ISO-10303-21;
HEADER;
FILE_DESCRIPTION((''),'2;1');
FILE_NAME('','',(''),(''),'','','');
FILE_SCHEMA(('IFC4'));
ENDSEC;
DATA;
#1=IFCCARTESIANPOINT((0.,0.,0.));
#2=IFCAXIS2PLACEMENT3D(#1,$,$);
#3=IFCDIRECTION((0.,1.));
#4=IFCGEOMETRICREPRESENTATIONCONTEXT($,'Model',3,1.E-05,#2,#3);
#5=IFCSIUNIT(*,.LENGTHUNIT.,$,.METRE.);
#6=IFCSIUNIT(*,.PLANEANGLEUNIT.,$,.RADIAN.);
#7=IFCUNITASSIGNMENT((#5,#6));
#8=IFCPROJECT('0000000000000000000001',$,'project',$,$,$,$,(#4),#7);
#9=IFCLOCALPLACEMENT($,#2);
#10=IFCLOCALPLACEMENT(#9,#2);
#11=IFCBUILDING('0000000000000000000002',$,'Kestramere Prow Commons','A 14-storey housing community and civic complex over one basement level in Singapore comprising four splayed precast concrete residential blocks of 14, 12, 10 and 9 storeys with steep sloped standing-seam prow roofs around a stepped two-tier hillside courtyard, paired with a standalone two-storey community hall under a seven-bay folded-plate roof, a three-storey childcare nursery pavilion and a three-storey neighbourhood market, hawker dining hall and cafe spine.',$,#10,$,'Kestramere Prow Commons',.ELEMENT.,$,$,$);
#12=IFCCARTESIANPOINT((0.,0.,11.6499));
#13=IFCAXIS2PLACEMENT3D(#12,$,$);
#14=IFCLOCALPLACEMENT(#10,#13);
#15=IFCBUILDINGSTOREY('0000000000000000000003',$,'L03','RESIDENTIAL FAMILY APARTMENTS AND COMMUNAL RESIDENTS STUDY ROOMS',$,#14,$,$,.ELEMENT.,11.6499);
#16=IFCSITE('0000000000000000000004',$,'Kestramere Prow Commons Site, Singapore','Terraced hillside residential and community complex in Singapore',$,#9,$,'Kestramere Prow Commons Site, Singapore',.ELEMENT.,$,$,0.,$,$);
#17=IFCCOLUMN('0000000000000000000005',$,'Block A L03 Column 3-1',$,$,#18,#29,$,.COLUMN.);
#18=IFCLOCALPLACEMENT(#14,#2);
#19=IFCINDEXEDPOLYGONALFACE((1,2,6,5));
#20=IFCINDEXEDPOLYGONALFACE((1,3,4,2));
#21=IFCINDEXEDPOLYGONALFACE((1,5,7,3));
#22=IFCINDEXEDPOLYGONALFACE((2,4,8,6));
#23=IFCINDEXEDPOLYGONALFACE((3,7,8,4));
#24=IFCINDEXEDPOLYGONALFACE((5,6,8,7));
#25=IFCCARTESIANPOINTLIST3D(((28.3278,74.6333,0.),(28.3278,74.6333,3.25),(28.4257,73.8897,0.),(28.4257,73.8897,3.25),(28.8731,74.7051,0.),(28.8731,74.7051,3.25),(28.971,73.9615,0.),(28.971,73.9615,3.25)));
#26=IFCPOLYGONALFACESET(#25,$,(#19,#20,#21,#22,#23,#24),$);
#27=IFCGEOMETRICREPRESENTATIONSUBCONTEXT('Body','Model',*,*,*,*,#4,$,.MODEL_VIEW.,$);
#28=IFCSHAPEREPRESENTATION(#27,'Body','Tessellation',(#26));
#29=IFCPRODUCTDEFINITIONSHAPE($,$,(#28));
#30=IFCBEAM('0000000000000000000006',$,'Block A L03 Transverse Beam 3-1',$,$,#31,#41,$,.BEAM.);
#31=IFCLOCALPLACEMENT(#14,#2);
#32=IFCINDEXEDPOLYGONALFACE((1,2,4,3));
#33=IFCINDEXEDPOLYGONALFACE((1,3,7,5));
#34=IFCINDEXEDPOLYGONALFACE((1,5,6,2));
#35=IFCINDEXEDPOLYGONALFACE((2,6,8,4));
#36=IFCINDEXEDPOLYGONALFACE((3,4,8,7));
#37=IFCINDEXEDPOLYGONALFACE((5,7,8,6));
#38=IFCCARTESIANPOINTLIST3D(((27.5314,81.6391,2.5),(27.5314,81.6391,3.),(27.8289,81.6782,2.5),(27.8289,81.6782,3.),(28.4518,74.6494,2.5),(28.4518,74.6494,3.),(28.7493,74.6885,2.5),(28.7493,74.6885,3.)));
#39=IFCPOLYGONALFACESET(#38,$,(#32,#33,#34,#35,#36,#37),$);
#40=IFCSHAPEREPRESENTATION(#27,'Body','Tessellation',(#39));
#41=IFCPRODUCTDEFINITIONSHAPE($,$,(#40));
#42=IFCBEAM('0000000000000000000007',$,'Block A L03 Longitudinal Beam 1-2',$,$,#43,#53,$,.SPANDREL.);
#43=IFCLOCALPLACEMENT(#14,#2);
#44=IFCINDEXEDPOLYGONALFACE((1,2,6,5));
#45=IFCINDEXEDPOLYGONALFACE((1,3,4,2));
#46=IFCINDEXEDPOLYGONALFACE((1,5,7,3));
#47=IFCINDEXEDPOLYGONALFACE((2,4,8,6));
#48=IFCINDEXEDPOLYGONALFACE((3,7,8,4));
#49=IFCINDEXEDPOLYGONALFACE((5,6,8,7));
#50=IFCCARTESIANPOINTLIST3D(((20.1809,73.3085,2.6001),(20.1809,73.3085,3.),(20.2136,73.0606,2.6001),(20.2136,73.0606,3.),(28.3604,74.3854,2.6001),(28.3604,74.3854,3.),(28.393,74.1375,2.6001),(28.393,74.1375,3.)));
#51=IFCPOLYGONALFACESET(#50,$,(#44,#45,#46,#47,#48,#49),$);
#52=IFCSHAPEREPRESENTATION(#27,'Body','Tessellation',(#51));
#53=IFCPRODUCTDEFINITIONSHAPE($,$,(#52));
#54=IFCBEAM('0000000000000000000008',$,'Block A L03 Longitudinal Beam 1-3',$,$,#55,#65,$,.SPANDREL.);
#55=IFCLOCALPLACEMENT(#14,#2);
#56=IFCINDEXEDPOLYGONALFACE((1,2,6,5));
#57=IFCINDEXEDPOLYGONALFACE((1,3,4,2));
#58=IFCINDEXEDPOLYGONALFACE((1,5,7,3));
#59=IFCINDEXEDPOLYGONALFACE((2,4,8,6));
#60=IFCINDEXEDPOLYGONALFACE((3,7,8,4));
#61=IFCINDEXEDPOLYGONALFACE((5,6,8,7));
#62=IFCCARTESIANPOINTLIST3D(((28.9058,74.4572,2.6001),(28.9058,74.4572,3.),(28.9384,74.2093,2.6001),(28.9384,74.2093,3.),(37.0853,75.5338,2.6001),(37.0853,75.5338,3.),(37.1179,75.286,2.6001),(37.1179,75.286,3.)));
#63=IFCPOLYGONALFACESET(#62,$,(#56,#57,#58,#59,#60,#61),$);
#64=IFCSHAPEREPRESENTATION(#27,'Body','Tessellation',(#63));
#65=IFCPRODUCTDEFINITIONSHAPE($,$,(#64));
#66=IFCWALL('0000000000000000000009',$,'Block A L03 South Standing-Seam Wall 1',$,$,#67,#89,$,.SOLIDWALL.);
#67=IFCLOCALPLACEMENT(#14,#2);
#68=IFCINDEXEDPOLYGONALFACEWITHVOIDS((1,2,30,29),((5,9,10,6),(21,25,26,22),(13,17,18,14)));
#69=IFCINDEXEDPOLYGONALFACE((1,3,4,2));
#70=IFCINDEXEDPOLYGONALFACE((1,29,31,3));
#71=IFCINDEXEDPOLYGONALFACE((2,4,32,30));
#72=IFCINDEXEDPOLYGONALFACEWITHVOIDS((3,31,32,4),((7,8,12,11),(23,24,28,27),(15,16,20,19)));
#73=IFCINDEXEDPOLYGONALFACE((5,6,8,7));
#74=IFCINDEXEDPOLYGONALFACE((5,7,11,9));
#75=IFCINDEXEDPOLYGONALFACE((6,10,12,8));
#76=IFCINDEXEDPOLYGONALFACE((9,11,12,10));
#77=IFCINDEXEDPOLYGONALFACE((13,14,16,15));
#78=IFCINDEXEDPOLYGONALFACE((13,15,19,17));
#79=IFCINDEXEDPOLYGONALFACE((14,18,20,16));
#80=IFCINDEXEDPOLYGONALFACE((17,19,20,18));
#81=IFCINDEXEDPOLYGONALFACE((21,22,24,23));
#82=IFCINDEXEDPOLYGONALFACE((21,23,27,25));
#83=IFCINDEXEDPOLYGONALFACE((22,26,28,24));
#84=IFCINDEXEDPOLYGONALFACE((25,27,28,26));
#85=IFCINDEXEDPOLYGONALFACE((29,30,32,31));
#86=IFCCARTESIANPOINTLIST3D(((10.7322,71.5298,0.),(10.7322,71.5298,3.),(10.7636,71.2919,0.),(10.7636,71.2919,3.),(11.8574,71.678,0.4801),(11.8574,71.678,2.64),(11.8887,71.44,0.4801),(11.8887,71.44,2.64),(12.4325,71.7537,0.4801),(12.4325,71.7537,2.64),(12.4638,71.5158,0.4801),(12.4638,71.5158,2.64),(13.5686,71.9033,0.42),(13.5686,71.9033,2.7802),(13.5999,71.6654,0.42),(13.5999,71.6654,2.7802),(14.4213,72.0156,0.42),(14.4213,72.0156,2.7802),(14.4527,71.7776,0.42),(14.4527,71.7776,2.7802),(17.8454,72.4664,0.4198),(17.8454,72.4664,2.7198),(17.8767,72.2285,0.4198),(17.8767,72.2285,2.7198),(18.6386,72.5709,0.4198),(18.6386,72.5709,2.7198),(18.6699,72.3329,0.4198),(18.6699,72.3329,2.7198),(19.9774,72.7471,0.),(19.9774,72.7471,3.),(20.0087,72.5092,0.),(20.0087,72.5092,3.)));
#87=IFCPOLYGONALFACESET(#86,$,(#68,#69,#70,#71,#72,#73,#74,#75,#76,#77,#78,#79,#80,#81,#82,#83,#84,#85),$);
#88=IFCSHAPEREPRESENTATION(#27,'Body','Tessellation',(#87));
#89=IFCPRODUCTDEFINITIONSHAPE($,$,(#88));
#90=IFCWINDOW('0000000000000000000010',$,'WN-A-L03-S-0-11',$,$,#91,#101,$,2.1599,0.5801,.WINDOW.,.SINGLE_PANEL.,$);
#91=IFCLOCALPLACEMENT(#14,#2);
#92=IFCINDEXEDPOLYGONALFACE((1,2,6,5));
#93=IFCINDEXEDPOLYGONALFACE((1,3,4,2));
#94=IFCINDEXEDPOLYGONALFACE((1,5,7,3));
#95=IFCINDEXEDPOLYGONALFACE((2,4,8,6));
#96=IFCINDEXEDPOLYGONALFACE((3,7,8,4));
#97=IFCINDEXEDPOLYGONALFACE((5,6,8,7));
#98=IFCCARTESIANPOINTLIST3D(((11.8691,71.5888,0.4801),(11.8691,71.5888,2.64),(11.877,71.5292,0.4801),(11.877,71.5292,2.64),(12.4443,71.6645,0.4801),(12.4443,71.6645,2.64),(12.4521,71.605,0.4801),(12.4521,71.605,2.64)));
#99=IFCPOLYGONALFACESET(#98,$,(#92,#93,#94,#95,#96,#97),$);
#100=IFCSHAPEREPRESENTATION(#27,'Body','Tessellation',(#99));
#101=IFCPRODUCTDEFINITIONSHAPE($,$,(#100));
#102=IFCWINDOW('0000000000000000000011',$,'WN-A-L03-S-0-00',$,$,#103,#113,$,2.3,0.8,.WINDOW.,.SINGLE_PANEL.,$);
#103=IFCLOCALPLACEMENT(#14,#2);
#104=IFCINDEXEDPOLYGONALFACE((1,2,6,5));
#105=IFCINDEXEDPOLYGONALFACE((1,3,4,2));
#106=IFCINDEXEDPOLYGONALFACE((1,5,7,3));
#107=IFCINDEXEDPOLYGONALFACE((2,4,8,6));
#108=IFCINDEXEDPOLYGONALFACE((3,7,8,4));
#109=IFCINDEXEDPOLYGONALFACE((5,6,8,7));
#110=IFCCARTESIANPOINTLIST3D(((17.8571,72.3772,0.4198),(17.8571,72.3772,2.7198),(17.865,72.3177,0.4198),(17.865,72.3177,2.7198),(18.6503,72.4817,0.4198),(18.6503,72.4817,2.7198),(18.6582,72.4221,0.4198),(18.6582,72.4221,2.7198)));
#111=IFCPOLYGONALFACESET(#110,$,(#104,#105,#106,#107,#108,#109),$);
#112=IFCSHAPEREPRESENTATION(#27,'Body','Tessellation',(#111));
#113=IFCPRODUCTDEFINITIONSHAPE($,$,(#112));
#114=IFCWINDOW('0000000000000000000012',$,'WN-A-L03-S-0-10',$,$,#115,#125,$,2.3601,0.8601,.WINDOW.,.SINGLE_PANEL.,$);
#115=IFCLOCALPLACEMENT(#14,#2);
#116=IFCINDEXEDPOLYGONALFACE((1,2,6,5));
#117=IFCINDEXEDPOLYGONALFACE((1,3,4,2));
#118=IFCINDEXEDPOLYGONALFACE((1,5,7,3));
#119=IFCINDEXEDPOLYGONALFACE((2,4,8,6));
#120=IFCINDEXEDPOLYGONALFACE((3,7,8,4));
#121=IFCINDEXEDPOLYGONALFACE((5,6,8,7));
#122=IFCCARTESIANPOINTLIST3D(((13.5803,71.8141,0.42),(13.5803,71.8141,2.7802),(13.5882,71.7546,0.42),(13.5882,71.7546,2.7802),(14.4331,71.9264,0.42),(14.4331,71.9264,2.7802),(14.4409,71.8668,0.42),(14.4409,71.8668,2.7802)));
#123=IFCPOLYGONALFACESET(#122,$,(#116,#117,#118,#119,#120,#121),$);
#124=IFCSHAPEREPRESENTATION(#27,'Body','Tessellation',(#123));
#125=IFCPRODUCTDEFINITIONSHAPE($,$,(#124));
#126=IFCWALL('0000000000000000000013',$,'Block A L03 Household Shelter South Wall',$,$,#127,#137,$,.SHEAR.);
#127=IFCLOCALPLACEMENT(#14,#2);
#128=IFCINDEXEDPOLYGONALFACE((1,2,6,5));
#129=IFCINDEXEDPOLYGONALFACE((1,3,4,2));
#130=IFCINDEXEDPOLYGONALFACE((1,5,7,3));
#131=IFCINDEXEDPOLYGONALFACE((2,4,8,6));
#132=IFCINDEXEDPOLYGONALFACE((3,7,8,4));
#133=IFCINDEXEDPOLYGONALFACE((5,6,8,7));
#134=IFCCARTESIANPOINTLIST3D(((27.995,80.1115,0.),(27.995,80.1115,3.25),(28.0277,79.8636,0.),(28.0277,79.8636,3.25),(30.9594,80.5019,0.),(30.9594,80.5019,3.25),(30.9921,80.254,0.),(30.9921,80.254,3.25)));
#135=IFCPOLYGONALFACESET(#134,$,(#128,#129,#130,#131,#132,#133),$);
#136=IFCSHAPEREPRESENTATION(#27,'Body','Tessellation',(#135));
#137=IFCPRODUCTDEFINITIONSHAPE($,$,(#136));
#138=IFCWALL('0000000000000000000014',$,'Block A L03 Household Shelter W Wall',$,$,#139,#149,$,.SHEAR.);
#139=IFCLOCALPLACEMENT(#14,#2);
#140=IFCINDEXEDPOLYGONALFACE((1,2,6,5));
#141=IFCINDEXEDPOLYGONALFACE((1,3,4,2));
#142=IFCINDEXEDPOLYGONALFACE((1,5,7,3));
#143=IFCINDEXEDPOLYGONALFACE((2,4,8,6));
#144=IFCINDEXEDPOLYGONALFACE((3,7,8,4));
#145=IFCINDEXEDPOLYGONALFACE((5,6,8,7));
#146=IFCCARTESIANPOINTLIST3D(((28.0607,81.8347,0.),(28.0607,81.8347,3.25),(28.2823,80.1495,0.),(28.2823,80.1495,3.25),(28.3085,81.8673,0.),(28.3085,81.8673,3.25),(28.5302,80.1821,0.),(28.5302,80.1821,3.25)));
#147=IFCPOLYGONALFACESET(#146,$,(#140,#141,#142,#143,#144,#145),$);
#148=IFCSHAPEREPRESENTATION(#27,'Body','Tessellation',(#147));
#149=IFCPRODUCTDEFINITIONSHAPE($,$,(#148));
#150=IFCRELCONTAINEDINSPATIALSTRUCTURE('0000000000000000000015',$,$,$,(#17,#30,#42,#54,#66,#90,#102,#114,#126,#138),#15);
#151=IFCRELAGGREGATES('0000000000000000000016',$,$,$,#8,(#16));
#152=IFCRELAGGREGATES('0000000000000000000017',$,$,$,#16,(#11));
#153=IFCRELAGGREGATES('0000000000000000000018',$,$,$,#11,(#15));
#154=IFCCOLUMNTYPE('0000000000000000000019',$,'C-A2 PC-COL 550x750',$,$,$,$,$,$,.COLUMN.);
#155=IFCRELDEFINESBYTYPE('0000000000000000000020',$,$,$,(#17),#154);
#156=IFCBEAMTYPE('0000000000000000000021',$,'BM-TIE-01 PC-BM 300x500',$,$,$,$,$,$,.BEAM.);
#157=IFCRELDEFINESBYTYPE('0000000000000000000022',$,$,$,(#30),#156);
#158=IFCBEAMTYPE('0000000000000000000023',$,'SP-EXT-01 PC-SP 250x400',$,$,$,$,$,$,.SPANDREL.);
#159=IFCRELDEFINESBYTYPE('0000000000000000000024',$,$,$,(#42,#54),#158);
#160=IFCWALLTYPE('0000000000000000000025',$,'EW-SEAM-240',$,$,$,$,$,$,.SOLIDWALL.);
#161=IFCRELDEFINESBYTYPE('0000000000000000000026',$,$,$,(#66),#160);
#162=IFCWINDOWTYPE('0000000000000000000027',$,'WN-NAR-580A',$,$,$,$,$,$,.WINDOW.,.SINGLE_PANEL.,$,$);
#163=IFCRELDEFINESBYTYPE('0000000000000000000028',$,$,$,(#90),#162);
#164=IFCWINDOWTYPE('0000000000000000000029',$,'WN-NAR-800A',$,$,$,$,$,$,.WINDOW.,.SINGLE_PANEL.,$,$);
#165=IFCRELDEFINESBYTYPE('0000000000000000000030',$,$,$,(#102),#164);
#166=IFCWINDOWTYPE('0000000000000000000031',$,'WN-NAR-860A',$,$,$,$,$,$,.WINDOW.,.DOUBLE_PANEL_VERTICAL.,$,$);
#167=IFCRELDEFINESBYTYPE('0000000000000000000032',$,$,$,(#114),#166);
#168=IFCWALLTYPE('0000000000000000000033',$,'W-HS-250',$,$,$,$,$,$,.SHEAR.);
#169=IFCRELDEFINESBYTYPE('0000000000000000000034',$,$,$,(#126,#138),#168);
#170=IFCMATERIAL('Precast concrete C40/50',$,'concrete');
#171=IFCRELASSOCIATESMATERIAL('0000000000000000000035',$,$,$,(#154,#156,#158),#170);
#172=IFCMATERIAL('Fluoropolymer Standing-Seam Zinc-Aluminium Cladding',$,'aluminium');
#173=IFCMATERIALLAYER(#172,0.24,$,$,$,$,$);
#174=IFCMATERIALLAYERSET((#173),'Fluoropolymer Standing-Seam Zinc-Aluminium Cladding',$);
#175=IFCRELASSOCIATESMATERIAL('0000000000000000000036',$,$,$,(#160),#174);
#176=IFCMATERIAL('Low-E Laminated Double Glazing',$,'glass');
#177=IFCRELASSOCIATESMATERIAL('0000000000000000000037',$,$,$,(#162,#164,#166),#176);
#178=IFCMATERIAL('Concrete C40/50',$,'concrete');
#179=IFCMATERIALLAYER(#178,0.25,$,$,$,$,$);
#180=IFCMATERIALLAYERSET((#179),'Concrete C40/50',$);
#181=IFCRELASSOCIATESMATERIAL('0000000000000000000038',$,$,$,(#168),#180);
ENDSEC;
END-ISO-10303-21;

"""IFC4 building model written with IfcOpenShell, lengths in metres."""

from ifc_helpers import new_model, si_unit, direction, frame, frame_2d, origin, origin_2d, place, context, subcontext, project, spatial, rectangle, extrude, material, layer, layer_set, material_profile, profile_set, type_object, element, fill, save


model = new_model("IFC4")

# Units and contexts
model_context = context("Model", 3, precision=1e-05, world=origin(), true_north=direction((0.0, 1.0)))
body_context = subcontext(model_context, "Body", "Model", "MODEL_VIEW")
ifc_project = project(units=[si_unit("LENGTHUNIT", "METRE"), si_unit("PLANEANGLEUNIT", "RADIAN")], contexts=[model_context])

# Site, building, storey
site_placement = place(None, origin())
site = spatial("IfcSite", under=ifc_project, at=site_placement, Name="Kestramere Prow Commons Site, Singapore", Description="Terraced hillside residential and community complex in Singapore", LongName="Kestramere Prow Commons Site, Singapore", CompositionType="ELEMENT", RefElevation=0.0)
building_placement = place(site_placement, origin())
building = spatial("IfcBuilding", under=site, at=building_placement, Name="Kestramere Prow Commons", Description="A 14-storey housing community and civic complex over one basement level in Singapore comprising four splayed precast concrete residential blocks of 14, 12, 10 and 9 storeys with steep sloped standing-seam prow roofs around a stepped two-tier hillside courtyard, paired with a standalone two-storey community hall under a seven-bay folded-plate roof, a three-storey childcare nursery pavilion and a three-storey neighbourhood market, hawker dining hall and cafe spine.", LongName="Kestramere Prow Commons", CompositionType="ELEMENT")
storey_placement = place(building_placement, frame((0.0, 0.0, 11.6499)))
storey = spatial("IfcBuildingStorey", under=building, at=storey_placement, Name="L03", Description="RESIDENTIAL FAMILY APARTMENTS AND COMMUNAL RESIDENTS STUDY ROOMS", CompositionType="ELEMENT", Elevation=11.6499)

# Column
ifc_material_1 = material(Name="Precast concrete C40/50", Category="concrete")
ifc_material_profile_1 = material_profile(ifc_material_1, rectangle(XDim=0.55, YDim=0.75, at=origin_2d()), Name="PC-COL 550x750")
ifc_profile_set_1 = profile_set([ifc_material_profile_1], Name="Precast concrete C40/50")
column_type = type_object("IfcColumnType", Name="C-A2 PC-COL 550x750", PredefinedType="COLUMN", material=ifc_profile_set_1)
column_placement = place(storey_placement, frame((28.6494, 74.2974, 0.0), z_axis=(0.0, 0.0, 1.0), x_axis=(0.991445, 0.130526, 0.0)))
element("IfcColumn", 1, at=column_placement, inside=storey, type_object=column_type, Name="Block A L03 Column 3-1", PredefinedType="COLUMN", context=body_context, shape_type="SweptSolid", body=[
    extrude(rectangle(XDim=0.55, YDim=0.75, at=origin_2d()), origin(), (0.0, 0.0, 1.0), 3.25),
])

# Beams
ifc_material_profile_2 = material_profile(ifc_material_1, rectangle(XDim=0.3, YDim=0.5, at=origin_2d()), Name="PC-BM 300x500")
ifc_profile_set_2 = profile_set([ifc_material_profile_2], Name="Precast concrete C40/50")
beam_type_1 = type_object("IfcBeamType", Name="BM-TIE-01 PC-BM 300x500", PredefinedType="BEAM", material=ifc_profile_set_2)
beam_placement = place(storey_placement, frame((28.6006, 74.6689, 2.75), z_axis=(-0.130553, 0.991441, 0.0), x_axis=(-0.991441, -0.130553, 0.0)))
element("IfcBeam", 2, at=beam_placement, inside=storey, type_object=beam_type_1, Name="Block A L03 Transverse Beam 3-1", PredefinedType="BEAM", context=body_context, shape_type="SweptSolid", body=[
    extrude(rectangle(XDim=0.3, YDim=0.5, at=origin_2d()), origin(), (0.0, 0.0, 1.0), 7.05),
])
ifc_material_profile_3 = material_profile(ifc_material_1, rectangle(XDim=0.25, YDim=0.3999, at=origin_2d()), Name="PC-SP 250x400")
ifc_profile_set_3 = profile_set([ifc_material_profile_3], Name="Precast concrete C40/50")
beam_type_2 = type_object("IfcBeamType", Name="SP-EXT-01 PC-SP 250x400", PredefinedType="SPANDREL", material=ifc_profile_set_3)
for number, where, z_axis, x_axis, name in (
    (3, (20.1973, 73.1846, 2.8), (0.991444, 0.130533, 0.0), (-0.130533, 0.991444, 0.0), "Block A L03 Longitudinal Beam 1-2"),
    (4, (28.9221, 74.3333, 2.8), (0.991448, 0.130504, 0.0), (-0.130504, 0.991448, 0.0), "Block A L03 Longitudinal Beam 1-3"),
):
    element("IfcBeam", number, at=place(storey_placement, frame(where, z_axis=z_axis, x_axis=x_axis)), inside=storey, type_object=beam_type_2, Name=name, PredefinedType="SPANDREL", context=body_context, shape_type="SweptSolid", body=[
        extrude(rectangle(XDim=0.25, YDim=0.3999, at=origin_2d()), origin(), (0.0, 0.0, 1.0), 8.25),
    ])

# Wall, openings, windows
ifc_material_2 = material(Name="Fluoropolymer Standing-Seam Zinc-Aluminium Cladding", Category="aluminium")
ifc_layer_1 = layer(ifc_material_2, 0.24)
ifc_layer_set_1 = layer_set([ifc_layer_1], Name="Fluoropolymer Standing-Seam Zinc-Aluminium Cladding")
wall_type_1 = type_object("IfcWallType", Name="EW-SEAM-240", PredefinedType="SOLIDWALL", material=ifc_layer_set_1)
wall_1_placement = place(storey_placement, frame((19.9932, 72.6282, 0.0), z_axis=(0.0, 0.0, 1.0), x_axis=(-0.991443, -0.130541, 0.0)))
wall_1 = element("IfcWall", 5, at=wall_1_placement, inside=storey, type_object=wall_type_1, Name="Block A L03 South Standing-Seam Wall 1", PredefinedType="SOLIDWALL", context=body_context, shape_type="SweptSolid", body=[
    extrude(rectangle(XDim=9.325, YDim=0.24, at=frame_2d((4.6626, 0.0))), origin(), (0.0, 0.0, 1.0), 3.0),
])
opening_1_placement = place(wall_1_placement, frame((1.3506, 0.0, 0.4199)))
opening_1 = element("IfcOpeningElement", 6, at=opening_1_placement, cuts=wall_1, PredefinedType="OPENING", context=body_context, shape_type="SweptSolid", body=[
    extrude(rectangle(XDim=0.8, YDim=2.3, at=frame_2d((0.3999, 1.1499))), frame((0.0, 0.135, 0.0), z_axis=(0.0, -1.0, 0.0), x_axis=(1.0, 0.0, 0.0)), (0.0, 0.0, 1.0), 0.27),
])
opening_2_placement = place(wall_1_placement, frame((5.604, 0.0, 0.4199)))
opening_2 = element("IfcOpeningElement", 7, at=opening_2_placement, cuts=wall_1, PredefinedType="OPENING", context=body_context, shape_type="SweptSolid", body=[
    extrude(rectangle(XDim=0.8601, YDim=2.3601, at=frame_2d((0.4302, 1.1802))), frame((0.0, 0.135, 0.0), z_axis=(0.0, -1.0, 0.0), x_axis=(1.0, 0.0, 0.0)), (0.0, 0.0, 1.0), 0.27),
])
opening_3_placement = place(wall_1_placement, frame((7.6101, 0.0, 0.48)))
opening_3 = element("IfcOpeningElement", 8, at=opening_3_placement, cuts=wall_1, PredefinedType="OPENING", context=body_context, shape_type="SweptSolid", body=[
    extrude(rectangle(XDim=0.5801, YDim=2.1599, at=frame_2d((0.29, 1.0801))), frame((0.0, 0.135, 0.0), z_axis=(0.0, -1.0, 0.0), x_axis=(1.0, 0.0, 0.0)), (0.0, 0.0, 1.0), 0.27),
])
ifc_material_3 = material(Name="Low-E Laminated Double Glazing", Category="glass")
window_type_1 = type_object("IfcWindowType", Name="WN-NAR-580A", PartitioningType="SINGLE_PANEL", PredefinedType="WINDOW", material=ifc_material_3)
window_1_placement = place(opening_3_placement, origin())
window_1 = element("IfcWindow", 9, at=window_1_placement, inside=storey, type_object=window_type_1, Name="WN-A-L03-S-0-11", OverallHeight=2.1599, OverallWidth=0.5801, PartitioningType="SINGLE_PANEL", PredefinedType="WINDOW", context=body_context, shape_type="SweptSolid", body=[
    extrude(rectangle(XDim=0.5801, YDim=2.1599, at=frame_2d((0.29, 1.0801))), frame((0.0, 0.03, 0.0), z_axis=(0.0, -1.0, 0.0), x_axis=(1.0, 0.0, 0.0)), (0.0, 0.0, 1.0), 0.0601),
])
fill(opening_3, window_1)
window_type_2 = type_object("IfcWindowType", Name="WN-NAR-800A", PartitioningType="SINGLE_PANEL", PredefinedType="WINDOW", material=ifc_material_3)
window_2_placement = place(opening_1_placement, origin())
window_2 = element("IfcWindow", 10, at=window_2_placement, inside=storey, type_object=window_type_2, Name="WN-A-L03-S-0-00", OverallHeight=2.3, OverallWidth=0.8, PartitioningType="SINGLE_PANEL", PredefinedType="WINDOW", context=body_context, shape_type="SweptSolid", body=[
    extrude(rectangle(XDim=0.8, YDim=2.3, at=frame_2d((0.3999, 1.1499))), frame((0.0, 0.03, 0.0), z_axis=(0.0, -1.0, 0.0), x_axis=(1.0, 0.0, 0.0)), (0.0, 0.0, 1.0), 0.0601),
])
fill(opening_1, window_2)
window_type_3 = type_object("IfcWindowType", Name="WN-NAR-860A", PartitioningType="DOUBLE_PANEL_VERTICAL", PredefinedType="WINDOW", material=ifc_material_3)
window_3_placement = place(opening_2_placement, origin())
window_3 = element("IfcWindow", 11, at=window_3_placement, inside=storey, type_object=window_type_3, Name="WN-A-L03-S-0-10", OverallHeight=2.3601, OverallWidth=0.8601, PartitioningType="SINGLE_PANEL", PredefinedType="WINDOW", context=body_context, shape_type="SweptSolid", body=[
    extrude(rectangle(XDim=0.8601, YDim=2.3601, at=frame_2d((0.4302, 1.1802))), frame((0.0, 0.03, 0.0), z_axis=(0.0, -1.0, 0.0), x_axis=(1.0, 0.0, 0.0)), (0.0, 0.0, 1.0), 0.0601),
])
fill(opening_2, window_3)

# Walls
ifc_material_4 = material(Name="Concrete C40/50", Category="concrete")
ifc_layer_2 = layer(ifc_material_4, 0.25)
ifc_layer_set_2 = layer_set([ifc_layer_2], Name="Concrete C40/50")
wall_type_2 = type_object("IfcWallType", Name="W-HS-250", PredefinedType="SHEAR", material=ifc_layer_set_2)
wall_2_placement = place(storey_placement, frame((28.0112, 79.9875, 0.0), z_axis=(0.0, 0.0, 1.0), x_axis=(0.99144, 0.130564, 0.0)))
element("IfcWall", 12, at=wall_2_placement, inside=storey, type_object=wall_type_2, Name="Block A L03 Household Shelter South Wall", PredefinedType="SHEAR", context=body_context, shape_type="SweptSolid", body=[
    extrude(rectangle(XDim=2.99, YDim=0.25, at=frame_2d((1.4951, 0.0))), origin(), (0.0, 0.0, 1.0), 3.25),
])
wall_3_placement = place(storey_placement, frame((28.4062, 80.1658, 0.0), z_axis=(0.0, 0.0, 1.0), x_axis=(-0.130414, 0.99146, 0.0)))
element("IfcWall", 13, at=wall_3_placement, inside=storey, type_object=wall_type_2, Name="Block A L03 Household Shelter W Wall", PredefinedType="SHEAR", context=body_context, shape_type="SweptSolid", body=[
    extrude(rectangle(XDim=1.6997, YDim=0.25, at=frame_2d((0.8499, 0.0))), origin(), (0.0, 0.0, 1.0), 3.25),
])

save(model, "model.ifc")
